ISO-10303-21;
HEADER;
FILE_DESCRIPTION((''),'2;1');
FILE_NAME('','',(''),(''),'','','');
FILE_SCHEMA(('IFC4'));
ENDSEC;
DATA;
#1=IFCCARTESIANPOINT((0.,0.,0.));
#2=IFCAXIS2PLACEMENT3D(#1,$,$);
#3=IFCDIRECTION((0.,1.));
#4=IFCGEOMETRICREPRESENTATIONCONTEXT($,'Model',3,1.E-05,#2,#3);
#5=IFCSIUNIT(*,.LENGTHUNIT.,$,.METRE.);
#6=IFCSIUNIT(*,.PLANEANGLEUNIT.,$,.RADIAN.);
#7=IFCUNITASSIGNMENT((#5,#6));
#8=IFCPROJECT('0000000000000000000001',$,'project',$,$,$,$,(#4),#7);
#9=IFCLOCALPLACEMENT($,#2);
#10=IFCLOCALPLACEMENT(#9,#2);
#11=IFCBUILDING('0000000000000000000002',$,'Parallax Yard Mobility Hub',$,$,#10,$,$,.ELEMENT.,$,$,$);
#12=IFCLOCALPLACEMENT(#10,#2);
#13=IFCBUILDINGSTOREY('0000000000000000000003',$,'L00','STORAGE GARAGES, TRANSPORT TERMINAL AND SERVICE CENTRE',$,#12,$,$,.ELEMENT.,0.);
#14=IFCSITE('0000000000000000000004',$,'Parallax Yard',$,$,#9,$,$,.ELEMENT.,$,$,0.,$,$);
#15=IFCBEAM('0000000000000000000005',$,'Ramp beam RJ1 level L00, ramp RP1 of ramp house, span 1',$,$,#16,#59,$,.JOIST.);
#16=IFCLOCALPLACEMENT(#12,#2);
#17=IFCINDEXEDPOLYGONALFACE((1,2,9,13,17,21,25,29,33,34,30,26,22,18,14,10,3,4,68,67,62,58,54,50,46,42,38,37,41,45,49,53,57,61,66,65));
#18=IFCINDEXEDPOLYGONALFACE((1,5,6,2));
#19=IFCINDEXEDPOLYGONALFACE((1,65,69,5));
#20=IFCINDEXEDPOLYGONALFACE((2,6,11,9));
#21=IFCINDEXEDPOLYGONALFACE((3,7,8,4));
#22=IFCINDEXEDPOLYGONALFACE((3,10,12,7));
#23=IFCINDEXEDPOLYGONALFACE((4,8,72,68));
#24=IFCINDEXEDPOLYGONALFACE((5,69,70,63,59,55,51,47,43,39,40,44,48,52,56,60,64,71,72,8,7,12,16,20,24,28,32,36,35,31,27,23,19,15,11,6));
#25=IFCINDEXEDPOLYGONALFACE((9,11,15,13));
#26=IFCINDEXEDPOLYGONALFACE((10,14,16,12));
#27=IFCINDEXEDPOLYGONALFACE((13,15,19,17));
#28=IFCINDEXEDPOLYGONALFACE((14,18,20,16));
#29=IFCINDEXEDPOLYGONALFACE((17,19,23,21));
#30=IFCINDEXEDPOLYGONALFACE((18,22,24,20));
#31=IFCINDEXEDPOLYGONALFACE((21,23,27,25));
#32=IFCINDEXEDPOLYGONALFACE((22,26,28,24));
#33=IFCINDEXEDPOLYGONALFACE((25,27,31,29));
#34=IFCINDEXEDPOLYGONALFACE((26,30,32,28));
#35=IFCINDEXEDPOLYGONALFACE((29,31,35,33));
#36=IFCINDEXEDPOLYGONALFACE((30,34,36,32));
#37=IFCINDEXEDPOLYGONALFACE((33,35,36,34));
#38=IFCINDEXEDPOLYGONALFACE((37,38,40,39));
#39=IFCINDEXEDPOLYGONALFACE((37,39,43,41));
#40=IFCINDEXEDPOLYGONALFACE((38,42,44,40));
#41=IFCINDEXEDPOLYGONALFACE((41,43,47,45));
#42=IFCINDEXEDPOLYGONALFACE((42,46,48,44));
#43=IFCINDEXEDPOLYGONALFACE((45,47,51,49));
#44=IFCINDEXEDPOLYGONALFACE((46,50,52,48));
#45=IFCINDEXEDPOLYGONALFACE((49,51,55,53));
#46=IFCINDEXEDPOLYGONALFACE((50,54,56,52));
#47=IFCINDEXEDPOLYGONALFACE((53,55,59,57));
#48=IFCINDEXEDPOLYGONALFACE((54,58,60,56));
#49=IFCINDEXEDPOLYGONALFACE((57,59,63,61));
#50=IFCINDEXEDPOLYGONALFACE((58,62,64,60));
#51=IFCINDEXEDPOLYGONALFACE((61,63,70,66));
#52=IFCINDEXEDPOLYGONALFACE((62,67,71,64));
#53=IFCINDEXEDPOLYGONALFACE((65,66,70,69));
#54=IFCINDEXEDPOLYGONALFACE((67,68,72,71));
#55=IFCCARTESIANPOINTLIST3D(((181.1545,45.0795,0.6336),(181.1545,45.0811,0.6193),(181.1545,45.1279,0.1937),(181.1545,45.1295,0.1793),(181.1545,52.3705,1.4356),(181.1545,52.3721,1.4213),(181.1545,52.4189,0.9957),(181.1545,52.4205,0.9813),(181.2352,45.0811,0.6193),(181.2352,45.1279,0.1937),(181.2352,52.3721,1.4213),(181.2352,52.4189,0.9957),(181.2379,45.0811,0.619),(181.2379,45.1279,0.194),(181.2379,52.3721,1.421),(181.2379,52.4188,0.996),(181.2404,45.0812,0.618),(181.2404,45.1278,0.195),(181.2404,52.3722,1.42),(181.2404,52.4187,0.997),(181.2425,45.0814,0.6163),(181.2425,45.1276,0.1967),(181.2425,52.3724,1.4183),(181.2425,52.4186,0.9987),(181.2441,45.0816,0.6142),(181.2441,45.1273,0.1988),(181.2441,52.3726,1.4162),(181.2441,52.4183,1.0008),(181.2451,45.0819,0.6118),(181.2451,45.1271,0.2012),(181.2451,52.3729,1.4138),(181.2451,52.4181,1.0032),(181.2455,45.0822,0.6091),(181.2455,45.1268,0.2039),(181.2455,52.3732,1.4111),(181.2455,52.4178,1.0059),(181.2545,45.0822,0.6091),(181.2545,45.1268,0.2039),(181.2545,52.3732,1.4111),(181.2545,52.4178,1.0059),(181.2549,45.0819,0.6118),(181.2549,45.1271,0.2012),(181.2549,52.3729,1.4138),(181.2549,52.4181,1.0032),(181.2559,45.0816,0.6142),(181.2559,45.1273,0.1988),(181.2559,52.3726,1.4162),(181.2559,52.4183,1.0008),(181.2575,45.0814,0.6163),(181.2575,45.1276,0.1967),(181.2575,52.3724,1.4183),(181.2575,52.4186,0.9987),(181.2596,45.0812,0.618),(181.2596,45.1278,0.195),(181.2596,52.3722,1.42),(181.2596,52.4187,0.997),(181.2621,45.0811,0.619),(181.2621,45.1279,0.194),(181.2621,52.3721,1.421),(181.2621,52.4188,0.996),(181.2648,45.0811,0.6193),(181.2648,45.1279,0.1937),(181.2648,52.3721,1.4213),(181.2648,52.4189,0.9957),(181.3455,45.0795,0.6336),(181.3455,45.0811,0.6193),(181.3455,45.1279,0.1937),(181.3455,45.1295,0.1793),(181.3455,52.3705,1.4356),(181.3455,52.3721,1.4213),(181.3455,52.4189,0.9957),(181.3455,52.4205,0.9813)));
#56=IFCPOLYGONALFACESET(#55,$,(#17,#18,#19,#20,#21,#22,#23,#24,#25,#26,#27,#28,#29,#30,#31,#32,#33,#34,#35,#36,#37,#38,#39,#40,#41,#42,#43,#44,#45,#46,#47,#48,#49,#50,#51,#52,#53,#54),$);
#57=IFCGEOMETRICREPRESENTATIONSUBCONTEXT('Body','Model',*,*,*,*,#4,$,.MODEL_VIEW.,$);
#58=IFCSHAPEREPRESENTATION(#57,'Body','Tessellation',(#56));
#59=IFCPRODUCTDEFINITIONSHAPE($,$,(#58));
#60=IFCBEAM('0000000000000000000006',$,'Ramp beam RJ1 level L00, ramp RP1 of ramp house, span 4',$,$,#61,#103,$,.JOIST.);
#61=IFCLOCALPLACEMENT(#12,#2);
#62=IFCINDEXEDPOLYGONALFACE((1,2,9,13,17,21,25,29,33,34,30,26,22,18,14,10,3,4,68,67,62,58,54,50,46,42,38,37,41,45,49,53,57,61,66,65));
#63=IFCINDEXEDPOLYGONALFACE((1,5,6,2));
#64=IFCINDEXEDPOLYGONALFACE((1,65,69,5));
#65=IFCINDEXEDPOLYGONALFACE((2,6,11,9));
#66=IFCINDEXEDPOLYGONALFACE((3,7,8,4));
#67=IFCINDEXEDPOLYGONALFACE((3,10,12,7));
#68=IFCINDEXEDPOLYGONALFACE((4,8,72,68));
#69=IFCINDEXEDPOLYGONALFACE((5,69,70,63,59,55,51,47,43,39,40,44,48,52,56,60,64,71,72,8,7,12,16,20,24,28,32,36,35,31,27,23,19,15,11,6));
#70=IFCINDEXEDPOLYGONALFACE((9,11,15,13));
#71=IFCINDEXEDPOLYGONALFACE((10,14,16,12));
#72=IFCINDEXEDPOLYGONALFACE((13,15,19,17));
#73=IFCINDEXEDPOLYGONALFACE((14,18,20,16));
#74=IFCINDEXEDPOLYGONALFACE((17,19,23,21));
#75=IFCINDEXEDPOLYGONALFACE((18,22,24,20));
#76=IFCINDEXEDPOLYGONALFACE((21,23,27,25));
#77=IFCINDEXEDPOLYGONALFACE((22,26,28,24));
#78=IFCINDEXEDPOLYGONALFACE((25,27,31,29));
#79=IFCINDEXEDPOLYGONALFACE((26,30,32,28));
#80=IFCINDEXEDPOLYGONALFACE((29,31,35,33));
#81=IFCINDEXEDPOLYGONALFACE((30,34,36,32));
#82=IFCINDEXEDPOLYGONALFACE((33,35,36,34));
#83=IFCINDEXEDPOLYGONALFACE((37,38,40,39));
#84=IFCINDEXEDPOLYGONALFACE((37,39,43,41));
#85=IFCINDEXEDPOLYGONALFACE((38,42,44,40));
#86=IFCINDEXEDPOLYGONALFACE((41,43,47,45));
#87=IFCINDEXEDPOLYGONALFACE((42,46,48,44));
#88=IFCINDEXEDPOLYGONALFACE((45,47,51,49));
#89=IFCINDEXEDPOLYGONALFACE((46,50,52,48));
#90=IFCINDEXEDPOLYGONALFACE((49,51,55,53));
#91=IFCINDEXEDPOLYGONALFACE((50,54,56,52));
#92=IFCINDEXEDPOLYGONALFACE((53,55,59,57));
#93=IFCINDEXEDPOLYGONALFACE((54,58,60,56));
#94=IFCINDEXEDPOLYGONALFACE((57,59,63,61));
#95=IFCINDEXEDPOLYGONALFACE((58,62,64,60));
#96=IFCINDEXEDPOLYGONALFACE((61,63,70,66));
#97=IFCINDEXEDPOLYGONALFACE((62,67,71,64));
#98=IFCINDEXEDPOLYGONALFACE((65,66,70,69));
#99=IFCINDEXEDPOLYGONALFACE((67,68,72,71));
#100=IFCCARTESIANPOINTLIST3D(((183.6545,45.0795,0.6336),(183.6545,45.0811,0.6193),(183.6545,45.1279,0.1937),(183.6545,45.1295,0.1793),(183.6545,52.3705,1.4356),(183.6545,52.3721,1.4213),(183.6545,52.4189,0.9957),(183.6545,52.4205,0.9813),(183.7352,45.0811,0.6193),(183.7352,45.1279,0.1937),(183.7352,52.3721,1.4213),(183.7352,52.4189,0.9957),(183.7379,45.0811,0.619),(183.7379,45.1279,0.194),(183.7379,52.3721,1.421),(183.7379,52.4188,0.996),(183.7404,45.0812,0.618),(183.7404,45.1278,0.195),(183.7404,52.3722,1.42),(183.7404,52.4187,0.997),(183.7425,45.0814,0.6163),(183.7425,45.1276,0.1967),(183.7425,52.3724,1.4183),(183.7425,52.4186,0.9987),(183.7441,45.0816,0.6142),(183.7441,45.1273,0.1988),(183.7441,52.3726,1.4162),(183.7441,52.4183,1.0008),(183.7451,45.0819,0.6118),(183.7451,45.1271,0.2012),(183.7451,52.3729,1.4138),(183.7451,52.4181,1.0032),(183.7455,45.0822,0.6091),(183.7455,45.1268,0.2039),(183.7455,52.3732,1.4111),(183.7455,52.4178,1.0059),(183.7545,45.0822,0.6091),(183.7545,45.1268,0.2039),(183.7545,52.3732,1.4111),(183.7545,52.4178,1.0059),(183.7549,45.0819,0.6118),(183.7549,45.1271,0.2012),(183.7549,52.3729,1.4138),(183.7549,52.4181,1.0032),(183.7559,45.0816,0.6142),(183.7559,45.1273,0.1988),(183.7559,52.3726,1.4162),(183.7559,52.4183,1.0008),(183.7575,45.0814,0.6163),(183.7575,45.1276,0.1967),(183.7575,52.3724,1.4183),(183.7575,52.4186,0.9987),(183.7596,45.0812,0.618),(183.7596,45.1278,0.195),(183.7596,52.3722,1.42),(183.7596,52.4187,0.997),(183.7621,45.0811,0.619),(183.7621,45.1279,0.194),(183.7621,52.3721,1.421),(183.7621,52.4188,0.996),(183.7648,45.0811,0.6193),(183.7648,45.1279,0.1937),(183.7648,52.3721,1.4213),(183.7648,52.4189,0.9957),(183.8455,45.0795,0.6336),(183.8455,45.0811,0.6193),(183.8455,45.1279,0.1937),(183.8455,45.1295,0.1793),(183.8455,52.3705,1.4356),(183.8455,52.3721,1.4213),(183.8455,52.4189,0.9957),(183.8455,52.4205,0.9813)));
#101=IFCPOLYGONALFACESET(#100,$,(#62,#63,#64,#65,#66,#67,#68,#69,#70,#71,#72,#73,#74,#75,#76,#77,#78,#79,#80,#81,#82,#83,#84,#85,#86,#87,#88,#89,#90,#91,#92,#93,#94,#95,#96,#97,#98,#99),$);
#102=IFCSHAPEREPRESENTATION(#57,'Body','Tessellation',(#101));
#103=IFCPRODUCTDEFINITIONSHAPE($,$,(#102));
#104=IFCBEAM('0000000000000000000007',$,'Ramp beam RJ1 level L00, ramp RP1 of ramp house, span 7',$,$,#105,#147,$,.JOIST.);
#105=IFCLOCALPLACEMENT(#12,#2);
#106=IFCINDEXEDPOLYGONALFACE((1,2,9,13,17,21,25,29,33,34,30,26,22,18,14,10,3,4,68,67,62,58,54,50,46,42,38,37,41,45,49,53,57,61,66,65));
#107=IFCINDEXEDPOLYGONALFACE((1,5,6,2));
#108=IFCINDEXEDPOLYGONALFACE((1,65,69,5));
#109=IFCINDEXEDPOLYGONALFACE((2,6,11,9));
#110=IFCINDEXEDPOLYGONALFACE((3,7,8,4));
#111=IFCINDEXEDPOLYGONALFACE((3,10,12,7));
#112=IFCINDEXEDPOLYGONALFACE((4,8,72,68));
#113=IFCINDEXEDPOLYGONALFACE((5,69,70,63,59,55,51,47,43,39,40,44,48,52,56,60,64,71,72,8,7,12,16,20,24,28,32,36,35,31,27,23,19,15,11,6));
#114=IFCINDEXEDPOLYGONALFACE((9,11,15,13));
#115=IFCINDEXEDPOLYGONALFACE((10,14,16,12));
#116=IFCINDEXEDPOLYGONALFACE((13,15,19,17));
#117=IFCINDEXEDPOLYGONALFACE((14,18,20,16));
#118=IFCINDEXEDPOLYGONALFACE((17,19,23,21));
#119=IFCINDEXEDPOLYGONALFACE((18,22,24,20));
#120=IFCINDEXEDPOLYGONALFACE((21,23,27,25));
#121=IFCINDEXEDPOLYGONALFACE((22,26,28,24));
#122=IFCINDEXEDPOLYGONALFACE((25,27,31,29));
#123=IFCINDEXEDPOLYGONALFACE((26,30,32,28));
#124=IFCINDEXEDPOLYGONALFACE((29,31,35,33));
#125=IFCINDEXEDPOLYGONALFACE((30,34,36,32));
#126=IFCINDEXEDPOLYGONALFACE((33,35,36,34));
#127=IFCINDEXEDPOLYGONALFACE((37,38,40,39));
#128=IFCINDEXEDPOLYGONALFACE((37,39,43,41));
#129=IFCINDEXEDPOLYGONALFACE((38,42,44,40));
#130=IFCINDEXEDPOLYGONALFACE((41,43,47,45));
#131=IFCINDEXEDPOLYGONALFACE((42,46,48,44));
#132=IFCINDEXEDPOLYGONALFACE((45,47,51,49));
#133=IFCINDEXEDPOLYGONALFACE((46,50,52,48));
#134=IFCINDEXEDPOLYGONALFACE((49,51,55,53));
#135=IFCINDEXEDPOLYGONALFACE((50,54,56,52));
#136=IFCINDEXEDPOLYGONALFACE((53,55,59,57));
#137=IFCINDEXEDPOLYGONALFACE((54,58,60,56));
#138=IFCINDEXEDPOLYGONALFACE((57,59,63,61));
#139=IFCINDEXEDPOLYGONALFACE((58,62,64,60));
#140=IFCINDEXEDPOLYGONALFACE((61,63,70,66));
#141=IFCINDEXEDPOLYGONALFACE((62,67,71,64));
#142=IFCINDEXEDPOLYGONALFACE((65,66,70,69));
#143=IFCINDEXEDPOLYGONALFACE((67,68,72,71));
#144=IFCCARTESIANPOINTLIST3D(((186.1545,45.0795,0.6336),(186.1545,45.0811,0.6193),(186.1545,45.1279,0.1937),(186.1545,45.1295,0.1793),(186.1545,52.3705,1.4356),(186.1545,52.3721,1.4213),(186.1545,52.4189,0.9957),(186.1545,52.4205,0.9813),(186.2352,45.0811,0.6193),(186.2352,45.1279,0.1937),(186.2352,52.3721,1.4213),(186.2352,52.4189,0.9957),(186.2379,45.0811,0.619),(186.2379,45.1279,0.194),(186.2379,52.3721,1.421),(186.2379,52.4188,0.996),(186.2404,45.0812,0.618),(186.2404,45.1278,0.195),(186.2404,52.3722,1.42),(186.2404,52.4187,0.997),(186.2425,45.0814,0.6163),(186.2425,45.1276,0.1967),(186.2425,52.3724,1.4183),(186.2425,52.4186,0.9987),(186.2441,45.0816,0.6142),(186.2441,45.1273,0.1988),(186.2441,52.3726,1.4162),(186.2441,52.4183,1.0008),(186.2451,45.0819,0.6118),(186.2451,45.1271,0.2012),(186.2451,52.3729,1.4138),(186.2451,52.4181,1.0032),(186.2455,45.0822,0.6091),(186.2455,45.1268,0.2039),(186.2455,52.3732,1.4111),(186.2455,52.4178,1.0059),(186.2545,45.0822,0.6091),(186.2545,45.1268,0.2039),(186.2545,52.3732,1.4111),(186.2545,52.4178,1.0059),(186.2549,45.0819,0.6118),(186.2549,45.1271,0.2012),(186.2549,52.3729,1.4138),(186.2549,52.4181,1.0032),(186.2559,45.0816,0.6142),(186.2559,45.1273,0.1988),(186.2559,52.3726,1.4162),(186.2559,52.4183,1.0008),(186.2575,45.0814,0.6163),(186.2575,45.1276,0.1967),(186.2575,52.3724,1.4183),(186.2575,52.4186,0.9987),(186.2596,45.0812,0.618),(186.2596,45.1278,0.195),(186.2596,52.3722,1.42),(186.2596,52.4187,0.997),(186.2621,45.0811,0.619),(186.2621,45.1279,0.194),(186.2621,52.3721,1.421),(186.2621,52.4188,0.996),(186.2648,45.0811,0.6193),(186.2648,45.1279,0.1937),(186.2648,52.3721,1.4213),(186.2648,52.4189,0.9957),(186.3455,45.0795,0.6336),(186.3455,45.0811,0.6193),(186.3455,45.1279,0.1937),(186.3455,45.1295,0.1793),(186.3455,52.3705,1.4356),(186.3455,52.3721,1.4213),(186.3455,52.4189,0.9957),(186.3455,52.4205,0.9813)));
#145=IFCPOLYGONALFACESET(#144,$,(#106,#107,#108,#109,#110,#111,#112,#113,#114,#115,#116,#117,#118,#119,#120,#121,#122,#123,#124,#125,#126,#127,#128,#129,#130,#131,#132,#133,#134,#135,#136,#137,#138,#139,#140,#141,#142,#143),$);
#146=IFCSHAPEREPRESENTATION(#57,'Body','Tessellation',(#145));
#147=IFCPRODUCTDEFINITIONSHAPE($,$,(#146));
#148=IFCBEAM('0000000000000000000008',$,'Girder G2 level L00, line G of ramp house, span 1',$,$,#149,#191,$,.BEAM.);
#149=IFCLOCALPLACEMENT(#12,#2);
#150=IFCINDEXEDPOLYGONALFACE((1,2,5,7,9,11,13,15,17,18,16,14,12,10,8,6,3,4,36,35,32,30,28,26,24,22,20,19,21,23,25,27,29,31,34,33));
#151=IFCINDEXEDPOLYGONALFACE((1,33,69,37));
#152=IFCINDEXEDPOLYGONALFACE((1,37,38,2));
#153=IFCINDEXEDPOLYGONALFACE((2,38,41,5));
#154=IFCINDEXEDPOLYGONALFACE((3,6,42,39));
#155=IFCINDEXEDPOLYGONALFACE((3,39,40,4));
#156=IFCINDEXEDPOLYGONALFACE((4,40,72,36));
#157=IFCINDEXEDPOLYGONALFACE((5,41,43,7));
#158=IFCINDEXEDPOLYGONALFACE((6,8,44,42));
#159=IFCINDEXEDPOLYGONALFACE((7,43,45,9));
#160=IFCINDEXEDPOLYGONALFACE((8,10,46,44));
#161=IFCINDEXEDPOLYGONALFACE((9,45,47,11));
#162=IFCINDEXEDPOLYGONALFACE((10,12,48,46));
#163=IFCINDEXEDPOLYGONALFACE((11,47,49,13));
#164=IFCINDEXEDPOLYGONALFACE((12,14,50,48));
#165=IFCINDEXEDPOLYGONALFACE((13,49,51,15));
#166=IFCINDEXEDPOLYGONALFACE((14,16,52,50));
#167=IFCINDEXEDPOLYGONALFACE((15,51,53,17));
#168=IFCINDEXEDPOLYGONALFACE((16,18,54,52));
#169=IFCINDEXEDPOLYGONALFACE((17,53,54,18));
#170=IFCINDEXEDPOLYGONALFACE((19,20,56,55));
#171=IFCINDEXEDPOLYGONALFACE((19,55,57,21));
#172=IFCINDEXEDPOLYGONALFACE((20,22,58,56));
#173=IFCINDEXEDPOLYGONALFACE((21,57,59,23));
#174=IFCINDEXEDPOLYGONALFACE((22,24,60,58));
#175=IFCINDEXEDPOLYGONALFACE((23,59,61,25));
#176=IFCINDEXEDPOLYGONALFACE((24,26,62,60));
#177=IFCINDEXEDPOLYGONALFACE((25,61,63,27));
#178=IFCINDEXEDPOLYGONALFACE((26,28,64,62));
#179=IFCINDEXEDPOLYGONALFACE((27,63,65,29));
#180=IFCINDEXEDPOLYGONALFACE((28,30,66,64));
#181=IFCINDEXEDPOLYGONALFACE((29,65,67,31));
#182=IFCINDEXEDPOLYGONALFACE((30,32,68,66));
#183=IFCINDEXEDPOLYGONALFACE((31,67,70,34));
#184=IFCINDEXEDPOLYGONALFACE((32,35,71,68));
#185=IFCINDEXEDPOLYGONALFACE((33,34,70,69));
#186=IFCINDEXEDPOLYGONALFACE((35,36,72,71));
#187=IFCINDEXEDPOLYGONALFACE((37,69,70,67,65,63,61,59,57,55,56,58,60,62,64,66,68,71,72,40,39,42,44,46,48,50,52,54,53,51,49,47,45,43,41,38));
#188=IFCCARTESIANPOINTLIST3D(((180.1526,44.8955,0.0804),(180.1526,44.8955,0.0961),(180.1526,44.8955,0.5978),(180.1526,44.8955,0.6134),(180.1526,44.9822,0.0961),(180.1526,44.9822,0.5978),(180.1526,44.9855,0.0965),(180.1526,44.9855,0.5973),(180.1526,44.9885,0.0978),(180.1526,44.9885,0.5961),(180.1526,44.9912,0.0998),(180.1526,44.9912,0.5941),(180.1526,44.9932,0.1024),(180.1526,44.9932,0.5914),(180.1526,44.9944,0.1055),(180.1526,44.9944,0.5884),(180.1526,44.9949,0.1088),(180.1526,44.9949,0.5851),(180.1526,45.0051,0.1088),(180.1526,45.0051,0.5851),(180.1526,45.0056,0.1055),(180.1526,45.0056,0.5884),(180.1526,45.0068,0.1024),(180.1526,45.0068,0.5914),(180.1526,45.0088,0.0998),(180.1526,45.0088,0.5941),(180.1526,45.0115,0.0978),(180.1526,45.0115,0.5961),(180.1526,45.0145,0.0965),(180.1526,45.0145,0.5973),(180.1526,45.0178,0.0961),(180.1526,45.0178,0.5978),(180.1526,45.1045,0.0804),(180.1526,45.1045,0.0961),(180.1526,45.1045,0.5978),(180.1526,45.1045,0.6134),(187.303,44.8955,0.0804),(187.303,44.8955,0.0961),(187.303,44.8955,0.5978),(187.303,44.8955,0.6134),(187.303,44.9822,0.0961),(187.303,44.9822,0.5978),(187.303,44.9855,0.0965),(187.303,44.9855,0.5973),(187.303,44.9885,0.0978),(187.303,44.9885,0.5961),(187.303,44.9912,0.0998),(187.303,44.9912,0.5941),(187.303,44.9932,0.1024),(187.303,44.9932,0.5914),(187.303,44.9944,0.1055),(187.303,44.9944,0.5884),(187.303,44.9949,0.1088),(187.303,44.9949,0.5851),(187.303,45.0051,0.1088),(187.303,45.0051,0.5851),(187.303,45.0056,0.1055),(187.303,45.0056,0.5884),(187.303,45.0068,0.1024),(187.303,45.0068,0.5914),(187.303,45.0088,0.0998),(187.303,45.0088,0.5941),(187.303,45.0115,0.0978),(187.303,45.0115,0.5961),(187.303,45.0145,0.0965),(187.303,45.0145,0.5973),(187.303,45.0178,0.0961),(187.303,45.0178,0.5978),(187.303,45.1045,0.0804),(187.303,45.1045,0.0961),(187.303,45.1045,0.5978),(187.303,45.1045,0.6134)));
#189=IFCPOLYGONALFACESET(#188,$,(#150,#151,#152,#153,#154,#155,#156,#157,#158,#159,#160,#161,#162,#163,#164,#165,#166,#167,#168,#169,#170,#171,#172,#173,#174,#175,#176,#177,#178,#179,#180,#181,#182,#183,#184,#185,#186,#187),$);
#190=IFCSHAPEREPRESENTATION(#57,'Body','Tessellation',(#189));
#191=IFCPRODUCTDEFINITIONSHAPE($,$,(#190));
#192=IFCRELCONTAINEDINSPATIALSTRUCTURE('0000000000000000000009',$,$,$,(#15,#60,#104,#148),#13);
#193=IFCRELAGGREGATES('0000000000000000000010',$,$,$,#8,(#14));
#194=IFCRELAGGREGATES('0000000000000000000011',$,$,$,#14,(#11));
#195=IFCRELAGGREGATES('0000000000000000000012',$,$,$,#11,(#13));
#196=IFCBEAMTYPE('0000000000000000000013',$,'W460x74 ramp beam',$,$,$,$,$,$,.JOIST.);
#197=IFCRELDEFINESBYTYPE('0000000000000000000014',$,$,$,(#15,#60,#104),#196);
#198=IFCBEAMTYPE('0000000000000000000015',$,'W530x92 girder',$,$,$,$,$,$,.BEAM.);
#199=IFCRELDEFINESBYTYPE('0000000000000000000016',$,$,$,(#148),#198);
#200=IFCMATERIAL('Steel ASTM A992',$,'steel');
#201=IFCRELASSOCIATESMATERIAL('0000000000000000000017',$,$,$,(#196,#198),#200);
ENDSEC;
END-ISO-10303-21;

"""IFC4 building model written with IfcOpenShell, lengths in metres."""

from ifc_helpers import new_model, si_unit, direction, frame, origin, origin_2d, place, context, subcontext, project, spatial, i_section, extrude, material, material_profile, profile_set, type_object, element, save


model = new_model("IFC4")

# Units and contexts
model_context = context("Model", 3, precision=1e-05, world=origin(), true_north=direction((0.0, 1.0)))
body_context = subcontext(model_context, "Body", "Model", "MODEL_VIEW")
ifc_project = project(units=[si_unit("LENGTHUNIT", "METRE"), si_unit("PLANEANGLEUNIT", "RADIAN")], contexts=[model_context])

# Site, building, storey
site_placement = place(None, origin())
site = spatial("IfcSite", under=ifc_project, at=site_placement, Name="Parallax Yard", CompositionType="ELEMENT", RefElevation=0.0)
building_placement = place(site_placement, origin())
building = spatial("IfcBuilding", under=site, at=building_placement, Name="Parallax Yard Mobility Hub", CompositionType="ELEMENT")
storey_placement = place(building_placement, origin())
storey = spatial("IfcBuildingStorey", under=building, at=storey_placement, Name="L00", Description="STORAGE GARAGES, TRANSPORT TERMINAL AND SERVICE CENTRE", CompositionType="ELEMENT", Elevation=0.0)

# Shared definitions
ifc_material_1 = material(Name="Steel ASTM A992", Category="steel")

# Beams
ifc_material_profile_1 = material_profile(ifc_material_1, i_section(OverallWidth=0.1909, OverallDepth=0.457, WebThickness=0.009, FlangeThickness=0.0144, FilletRadius=0.0103, at=origin_2d()), Name="W460x74")
ifc_profile_set_1 = profile_set([ifc_material_profile_1], Name="Steel ASTM A992")
beam_type_1 = type_object("IfcBeamType", Name="W460x74 ramp beam", PredefinedType="JOIST", material=ifc_profile_set_1)
for number, where, z_axis, x_axis, name in (
    (1, (181.25, 45.1045, 0.4065), (0.0, 0.994005, 0.109339), (-1.0, 0.0, 0.0), "Ramp beam RJ1 level L00, ramp RP1 of ramp house, span 1"),
    (2, (183.75, 45.1045, 0.4065), (0.0, 0.994005, 0.109339), (-1.0, 0.0, 0.0), "Ramp beam RJ1 level L00, ramp RP1 of ramp house, span 4"),
    (3, (186.25, 45.1045, 0.4065), (0.0, 0.994005, 0.109339), (-1.0, 0.0, 0.0), "Ramp beam RJ1 level L00, ramp RP1 of ramp house, span 7"),
):
    element("IfcBeam", number, at=place(storey_placement, frame(where, z_axis=z_axis, x_axis=x_axis)), inside=storey, type_object=beam_type_1, Name=name, PredefinedType="JOIST", context=body_context, shape_type="SweptSolid", body=[
        extrude(i_section(OverallWidth=0.1909, OverallDepth=0.457, WebThickness=0.009, FlangeThickness=0.0144, FilletRadius=0.0103, at=origin_2d()), origin(), (0.0, 0.0, 1.0), 7.335),
    ])
ifc_material_profile_2 = material_profile(ifc_material_1, i_section(OverallWidth=0.209, OverallDepth=0.533, WebThickness=0.0103, FlangeThickness=0.0156, FilletRadius=0.0127, at=origin_2d()), Name="W530x92")
ifc_profile_set_2 = profile_set([ifc_material_profile_2], Name="Steel ASTM A992")
beam_type_2 = type_object("IfcBeamType", Name="W530x92 girder", PredefinedType="BEAM", material=ifc_profile_set_2)
beam_placement = place(storey_placement, frame((180.1526, 45.0, 0.3469), z_axis=(1.0, 0.0, 0.0), x_axis=(0.0, 1.0, 0.0)))
element("IfcBeam", 4, at=beam_placement, inside=storey, type_object=beam_type_2, Name="Girder G2 level L00, line G of ramp house, span 1", PredefinedType="BEAM", context=body_context, shape_type="SweptSolid", body=[
    extrude(i_section(OverallWidth=0.209, OverallDepth=0.533, WebThickness=0.0103, FlangeThickness=0.0156, FilletRadius=0.0127, at=origin_2d()), origin(), (0.0, 0.0, 1.0), 7.1504),
])

save(model, "model.ifc")
